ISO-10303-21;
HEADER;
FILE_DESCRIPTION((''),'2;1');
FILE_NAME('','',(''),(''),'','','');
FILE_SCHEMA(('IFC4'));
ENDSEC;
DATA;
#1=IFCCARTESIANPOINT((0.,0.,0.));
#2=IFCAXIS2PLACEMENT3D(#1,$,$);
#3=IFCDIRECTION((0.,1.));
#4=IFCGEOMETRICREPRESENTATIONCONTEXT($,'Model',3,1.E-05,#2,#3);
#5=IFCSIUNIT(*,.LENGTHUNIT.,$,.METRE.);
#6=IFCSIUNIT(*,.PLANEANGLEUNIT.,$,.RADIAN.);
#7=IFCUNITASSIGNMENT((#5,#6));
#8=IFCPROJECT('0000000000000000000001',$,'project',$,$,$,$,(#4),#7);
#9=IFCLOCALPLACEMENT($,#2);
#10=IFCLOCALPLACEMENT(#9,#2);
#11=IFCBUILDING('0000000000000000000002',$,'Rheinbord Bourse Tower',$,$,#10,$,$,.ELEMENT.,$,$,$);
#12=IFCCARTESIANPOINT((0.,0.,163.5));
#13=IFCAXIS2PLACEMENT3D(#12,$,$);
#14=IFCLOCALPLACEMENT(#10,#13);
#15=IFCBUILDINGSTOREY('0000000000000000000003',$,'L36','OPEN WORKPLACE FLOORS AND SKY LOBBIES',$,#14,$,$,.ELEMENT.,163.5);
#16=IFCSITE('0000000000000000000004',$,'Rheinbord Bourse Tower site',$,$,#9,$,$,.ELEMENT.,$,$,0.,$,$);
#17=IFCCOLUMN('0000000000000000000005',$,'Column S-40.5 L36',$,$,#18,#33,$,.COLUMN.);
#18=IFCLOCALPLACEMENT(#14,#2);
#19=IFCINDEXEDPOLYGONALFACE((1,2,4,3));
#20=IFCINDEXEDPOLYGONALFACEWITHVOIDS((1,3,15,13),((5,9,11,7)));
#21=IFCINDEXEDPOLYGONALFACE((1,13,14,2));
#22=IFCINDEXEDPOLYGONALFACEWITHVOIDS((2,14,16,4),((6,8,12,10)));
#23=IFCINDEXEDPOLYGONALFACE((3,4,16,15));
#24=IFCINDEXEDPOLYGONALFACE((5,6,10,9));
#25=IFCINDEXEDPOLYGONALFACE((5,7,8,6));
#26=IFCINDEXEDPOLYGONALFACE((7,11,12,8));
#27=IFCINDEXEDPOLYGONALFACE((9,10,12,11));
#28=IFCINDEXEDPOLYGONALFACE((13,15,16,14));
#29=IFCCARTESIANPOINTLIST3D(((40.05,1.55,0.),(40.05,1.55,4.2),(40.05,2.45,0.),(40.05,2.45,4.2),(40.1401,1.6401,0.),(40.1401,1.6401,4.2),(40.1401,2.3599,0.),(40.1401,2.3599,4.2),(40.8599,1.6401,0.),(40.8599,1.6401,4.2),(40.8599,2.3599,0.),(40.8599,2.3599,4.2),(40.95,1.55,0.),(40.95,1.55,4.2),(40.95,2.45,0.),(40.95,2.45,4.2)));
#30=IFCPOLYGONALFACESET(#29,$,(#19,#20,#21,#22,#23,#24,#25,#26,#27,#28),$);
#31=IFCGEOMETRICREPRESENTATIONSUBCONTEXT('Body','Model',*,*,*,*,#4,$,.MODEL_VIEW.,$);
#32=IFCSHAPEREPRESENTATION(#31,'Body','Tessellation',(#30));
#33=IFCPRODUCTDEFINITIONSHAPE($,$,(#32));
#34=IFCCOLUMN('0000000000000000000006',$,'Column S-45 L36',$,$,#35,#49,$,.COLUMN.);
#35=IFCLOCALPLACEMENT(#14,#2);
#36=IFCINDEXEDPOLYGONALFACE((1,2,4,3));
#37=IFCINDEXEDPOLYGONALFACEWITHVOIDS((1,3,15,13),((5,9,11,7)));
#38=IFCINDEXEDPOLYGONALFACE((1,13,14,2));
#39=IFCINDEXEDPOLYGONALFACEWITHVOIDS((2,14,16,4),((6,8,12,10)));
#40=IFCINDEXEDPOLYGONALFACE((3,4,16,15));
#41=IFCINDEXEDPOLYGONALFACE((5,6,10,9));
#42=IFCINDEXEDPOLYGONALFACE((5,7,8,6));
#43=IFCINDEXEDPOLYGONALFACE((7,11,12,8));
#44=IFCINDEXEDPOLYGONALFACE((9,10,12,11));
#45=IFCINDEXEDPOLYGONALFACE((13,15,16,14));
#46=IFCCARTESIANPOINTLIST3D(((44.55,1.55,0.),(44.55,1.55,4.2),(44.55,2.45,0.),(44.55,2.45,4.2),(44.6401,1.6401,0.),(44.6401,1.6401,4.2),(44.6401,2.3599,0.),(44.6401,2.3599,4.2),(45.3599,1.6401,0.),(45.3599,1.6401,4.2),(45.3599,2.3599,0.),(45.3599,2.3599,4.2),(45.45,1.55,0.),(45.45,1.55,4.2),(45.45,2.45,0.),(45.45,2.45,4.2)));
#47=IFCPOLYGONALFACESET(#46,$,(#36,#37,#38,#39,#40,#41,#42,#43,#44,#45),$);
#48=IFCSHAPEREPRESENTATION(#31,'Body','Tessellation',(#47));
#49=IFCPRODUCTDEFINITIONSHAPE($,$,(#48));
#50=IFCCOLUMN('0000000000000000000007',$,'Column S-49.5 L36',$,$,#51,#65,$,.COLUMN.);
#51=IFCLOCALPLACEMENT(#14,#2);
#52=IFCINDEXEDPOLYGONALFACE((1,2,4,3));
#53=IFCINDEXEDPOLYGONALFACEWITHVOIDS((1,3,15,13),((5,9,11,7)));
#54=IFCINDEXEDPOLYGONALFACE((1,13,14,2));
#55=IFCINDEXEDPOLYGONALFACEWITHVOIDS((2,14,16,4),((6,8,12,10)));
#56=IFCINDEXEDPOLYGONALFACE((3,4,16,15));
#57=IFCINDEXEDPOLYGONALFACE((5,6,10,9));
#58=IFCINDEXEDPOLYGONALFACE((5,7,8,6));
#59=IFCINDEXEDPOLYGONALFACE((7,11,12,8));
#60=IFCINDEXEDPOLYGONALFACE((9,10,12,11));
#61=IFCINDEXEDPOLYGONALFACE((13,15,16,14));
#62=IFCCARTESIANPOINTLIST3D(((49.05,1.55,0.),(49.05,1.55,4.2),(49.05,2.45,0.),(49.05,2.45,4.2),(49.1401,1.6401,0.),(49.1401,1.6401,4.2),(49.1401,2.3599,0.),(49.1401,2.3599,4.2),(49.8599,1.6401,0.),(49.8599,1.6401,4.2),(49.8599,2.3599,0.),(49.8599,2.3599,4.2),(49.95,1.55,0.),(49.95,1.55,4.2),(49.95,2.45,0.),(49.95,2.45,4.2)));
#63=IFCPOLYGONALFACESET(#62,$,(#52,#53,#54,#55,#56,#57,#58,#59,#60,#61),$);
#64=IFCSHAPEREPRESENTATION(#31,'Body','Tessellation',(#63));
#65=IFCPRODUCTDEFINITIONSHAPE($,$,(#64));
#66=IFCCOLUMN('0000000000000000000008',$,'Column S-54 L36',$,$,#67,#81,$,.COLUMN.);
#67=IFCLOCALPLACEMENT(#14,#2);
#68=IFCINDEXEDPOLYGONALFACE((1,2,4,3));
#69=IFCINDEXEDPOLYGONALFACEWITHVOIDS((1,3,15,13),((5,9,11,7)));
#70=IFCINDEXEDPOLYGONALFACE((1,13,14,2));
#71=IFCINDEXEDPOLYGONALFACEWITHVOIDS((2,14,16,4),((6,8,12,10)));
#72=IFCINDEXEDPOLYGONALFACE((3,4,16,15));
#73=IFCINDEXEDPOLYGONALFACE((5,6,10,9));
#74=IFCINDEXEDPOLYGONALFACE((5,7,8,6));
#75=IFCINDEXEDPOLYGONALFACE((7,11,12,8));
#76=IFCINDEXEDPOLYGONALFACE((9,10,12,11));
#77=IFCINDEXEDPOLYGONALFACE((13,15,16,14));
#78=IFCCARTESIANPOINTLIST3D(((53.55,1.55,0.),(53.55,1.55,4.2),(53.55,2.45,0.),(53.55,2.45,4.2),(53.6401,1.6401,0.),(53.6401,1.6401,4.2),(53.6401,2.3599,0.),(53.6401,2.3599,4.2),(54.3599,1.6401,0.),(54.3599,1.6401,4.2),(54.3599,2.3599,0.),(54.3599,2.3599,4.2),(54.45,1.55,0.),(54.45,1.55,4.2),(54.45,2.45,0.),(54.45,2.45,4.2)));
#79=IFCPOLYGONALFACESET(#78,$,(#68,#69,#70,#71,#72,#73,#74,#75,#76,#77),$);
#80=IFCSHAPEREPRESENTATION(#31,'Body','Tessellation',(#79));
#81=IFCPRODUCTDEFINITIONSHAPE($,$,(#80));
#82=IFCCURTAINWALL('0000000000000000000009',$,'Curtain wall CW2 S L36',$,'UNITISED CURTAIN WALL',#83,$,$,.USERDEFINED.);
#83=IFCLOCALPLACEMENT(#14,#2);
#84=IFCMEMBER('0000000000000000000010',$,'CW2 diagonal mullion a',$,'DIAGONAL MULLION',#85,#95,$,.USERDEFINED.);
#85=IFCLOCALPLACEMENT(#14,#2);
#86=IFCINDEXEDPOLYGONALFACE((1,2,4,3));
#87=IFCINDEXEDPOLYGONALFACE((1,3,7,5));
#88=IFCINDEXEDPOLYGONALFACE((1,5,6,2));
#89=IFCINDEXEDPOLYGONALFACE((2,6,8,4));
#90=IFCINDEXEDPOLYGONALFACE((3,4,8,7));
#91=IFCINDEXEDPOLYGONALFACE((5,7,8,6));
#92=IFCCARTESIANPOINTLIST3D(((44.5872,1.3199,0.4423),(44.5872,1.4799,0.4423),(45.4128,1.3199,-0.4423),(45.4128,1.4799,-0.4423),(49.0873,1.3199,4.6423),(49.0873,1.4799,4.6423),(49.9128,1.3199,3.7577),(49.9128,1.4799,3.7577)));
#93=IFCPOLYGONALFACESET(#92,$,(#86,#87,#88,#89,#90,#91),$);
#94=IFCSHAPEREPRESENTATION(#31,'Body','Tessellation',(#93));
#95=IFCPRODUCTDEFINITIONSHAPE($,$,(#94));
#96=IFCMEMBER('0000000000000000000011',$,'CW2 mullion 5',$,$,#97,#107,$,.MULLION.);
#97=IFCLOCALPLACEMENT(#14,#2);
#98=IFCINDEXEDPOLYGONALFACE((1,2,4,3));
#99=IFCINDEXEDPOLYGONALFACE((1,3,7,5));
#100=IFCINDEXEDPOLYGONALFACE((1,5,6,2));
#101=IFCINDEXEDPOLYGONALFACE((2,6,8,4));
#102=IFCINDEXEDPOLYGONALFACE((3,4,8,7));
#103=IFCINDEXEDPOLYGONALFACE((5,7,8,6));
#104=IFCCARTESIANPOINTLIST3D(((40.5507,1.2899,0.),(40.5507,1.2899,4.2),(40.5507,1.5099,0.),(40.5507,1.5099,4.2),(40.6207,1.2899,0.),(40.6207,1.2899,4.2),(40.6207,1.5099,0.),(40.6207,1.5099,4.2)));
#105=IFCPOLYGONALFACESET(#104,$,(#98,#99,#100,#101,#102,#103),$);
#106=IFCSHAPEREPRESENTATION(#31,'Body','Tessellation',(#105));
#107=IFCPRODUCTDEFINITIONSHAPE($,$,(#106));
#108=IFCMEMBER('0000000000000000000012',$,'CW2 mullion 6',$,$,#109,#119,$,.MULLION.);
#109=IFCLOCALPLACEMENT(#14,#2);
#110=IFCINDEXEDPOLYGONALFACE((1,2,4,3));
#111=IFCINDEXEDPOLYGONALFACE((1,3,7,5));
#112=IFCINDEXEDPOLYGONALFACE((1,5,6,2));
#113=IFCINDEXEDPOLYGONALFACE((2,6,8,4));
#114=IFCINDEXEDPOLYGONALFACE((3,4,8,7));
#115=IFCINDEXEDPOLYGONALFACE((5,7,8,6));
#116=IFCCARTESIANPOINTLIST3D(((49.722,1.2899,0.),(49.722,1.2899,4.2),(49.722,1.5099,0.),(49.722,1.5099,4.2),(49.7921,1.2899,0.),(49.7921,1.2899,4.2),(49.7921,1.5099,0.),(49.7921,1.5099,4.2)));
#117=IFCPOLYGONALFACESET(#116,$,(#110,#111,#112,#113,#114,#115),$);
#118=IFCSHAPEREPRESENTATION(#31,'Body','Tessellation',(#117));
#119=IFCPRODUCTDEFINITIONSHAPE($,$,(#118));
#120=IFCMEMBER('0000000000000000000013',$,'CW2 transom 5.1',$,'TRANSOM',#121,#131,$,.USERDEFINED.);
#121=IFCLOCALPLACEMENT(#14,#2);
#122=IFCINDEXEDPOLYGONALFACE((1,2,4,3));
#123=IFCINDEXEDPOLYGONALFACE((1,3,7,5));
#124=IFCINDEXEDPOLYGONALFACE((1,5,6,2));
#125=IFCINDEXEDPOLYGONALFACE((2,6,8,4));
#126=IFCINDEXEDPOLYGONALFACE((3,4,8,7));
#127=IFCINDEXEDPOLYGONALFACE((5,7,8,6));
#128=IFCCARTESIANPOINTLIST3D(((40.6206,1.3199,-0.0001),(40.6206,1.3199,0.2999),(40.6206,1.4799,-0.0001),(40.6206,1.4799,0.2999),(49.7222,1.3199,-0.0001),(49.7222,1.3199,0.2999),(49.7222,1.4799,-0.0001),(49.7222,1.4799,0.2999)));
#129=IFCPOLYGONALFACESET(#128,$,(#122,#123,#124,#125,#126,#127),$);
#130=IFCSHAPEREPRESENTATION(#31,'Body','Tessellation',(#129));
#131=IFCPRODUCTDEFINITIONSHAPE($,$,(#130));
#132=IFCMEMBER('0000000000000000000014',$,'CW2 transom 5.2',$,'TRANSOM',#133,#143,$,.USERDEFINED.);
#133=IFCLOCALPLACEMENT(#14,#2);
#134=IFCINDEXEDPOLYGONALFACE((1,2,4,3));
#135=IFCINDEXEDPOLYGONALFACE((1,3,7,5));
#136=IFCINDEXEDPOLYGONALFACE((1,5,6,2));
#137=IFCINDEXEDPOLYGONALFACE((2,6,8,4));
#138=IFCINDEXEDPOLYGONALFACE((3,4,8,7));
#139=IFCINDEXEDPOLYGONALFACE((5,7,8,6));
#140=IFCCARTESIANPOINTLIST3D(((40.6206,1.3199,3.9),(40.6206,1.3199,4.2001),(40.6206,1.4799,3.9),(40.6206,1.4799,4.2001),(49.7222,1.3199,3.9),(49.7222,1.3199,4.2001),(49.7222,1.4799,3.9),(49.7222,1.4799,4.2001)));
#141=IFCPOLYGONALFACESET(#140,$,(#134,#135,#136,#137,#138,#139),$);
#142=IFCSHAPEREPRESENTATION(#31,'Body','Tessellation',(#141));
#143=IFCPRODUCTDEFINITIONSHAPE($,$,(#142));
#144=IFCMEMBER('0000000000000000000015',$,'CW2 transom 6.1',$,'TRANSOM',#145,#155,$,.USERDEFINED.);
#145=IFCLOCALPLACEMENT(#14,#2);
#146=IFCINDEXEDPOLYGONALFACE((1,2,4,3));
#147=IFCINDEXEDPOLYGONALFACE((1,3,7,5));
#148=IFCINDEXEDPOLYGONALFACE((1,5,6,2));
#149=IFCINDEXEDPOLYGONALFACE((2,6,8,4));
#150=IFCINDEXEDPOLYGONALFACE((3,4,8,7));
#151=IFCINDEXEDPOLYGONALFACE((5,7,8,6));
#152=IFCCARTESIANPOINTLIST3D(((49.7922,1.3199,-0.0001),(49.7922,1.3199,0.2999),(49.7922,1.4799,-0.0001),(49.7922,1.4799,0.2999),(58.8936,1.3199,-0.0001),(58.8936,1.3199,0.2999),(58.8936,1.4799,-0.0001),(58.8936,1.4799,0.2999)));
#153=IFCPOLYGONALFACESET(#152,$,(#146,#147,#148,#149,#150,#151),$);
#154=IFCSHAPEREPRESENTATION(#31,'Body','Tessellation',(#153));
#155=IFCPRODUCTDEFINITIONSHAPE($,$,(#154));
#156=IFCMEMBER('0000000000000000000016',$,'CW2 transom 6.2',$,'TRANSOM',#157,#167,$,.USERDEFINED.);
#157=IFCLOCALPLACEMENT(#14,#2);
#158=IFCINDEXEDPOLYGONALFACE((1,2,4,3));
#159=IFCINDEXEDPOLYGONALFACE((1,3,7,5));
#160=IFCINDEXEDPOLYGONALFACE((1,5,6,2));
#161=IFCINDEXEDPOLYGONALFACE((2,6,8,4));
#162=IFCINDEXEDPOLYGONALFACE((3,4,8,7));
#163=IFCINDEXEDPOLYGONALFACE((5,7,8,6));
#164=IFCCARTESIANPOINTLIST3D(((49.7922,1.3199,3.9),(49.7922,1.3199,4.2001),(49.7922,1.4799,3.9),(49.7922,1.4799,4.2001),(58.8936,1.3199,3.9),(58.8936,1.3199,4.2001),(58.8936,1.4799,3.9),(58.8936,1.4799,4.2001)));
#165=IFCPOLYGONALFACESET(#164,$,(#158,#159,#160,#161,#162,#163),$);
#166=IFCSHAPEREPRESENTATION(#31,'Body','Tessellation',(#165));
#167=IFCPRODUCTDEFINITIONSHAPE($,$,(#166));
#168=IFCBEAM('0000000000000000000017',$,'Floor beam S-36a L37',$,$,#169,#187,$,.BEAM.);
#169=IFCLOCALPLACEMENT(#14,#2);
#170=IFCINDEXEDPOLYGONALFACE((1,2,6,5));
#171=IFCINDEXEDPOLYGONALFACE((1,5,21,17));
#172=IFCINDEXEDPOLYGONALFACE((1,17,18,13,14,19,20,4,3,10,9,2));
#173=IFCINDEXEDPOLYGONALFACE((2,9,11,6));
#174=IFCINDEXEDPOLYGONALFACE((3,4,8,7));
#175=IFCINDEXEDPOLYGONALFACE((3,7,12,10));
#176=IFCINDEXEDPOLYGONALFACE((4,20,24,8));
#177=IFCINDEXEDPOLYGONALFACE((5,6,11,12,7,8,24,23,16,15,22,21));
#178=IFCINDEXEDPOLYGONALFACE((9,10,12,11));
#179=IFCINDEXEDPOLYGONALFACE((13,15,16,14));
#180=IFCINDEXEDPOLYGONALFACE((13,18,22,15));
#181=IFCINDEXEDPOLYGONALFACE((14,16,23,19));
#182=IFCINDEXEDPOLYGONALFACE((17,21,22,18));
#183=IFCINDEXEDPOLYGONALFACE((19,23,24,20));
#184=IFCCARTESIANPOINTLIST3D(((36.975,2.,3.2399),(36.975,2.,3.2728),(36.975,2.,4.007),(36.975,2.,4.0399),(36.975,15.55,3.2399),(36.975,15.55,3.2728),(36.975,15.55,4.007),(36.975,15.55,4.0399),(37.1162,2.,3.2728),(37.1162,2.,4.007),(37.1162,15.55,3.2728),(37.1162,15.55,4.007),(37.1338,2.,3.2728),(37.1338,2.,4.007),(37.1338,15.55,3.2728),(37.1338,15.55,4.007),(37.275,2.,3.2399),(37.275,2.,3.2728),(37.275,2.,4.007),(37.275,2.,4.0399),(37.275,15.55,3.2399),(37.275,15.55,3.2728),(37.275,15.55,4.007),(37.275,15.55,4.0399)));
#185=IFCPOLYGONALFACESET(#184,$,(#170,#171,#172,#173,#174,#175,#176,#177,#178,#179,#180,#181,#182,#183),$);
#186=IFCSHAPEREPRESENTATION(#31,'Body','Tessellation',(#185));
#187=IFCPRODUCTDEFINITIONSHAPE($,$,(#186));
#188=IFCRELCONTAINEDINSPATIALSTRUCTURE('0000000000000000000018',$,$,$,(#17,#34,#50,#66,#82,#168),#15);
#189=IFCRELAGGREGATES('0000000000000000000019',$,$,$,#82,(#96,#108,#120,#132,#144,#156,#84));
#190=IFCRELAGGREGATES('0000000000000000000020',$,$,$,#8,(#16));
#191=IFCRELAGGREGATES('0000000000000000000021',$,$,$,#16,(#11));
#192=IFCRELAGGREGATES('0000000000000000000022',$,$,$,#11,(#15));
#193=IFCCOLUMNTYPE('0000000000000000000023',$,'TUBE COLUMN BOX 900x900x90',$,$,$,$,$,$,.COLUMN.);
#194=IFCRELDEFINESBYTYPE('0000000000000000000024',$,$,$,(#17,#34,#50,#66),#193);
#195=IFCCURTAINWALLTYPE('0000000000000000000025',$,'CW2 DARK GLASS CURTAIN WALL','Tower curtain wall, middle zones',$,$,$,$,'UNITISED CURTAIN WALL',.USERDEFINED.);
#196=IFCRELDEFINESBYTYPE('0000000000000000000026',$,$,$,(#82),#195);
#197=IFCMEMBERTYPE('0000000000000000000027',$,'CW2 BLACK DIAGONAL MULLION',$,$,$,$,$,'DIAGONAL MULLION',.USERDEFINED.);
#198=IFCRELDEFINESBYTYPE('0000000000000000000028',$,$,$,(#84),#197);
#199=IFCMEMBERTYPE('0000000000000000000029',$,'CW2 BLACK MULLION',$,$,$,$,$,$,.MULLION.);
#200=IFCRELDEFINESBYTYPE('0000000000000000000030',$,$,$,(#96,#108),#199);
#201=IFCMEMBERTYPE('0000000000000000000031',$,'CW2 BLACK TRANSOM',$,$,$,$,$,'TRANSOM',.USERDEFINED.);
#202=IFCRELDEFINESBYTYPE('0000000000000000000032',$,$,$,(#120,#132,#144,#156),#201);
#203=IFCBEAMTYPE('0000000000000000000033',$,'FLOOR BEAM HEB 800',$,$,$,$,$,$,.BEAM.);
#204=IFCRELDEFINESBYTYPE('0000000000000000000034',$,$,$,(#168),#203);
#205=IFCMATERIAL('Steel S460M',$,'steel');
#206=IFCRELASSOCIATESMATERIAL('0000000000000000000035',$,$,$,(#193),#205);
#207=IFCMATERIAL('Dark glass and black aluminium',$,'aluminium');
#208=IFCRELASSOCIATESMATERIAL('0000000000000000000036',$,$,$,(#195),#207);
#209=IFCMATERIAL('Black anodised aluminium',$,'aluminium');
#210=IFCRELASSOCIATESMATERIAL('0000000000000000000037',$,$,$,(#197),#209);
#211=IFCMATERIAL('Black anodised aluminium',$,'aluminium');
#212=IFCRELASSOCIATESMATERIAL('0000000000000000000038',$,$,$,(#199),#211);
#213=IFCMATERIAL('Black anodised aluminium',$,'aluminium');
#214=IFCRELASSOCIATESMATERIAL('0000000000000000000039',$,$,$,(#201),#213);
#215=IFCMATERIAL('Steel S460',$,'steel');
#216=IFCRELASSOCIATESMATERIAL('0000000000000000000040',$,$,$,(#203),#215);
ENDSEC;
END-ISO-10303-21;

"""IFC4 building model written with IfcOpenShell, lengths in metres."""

from ifc_helpers import new_model, si_unit, direction, frame, origin, origin_2d, place, context, subcontext, project, spatial, rectangle, hollow_rectangle, i_section, extrude, material, material_profile, profile_set, type_object, element, aggregate, save


model = new_model("IFC4")

# Units and contexts
model_context = context("Model", 3, precision=1e-05, world=origin(), true_north=direction((0.0, 1.0)))
body_context = subcontext(model_context, "Body", "Model", "MODEL_VIEW")
ifc_project = project(units=[si_unit("LENGTHUNIT", "METRE"), si_unit("PLANEANGLEUNIT", "RADIAN")], contexts=[model_context])

# Site, building, storey
site_placement = place(None, origin())
site = spatial("IfcSite", under=ifc_project, at=site_placement, Name="Rheinbord Bourse Tower site", CompositionType="ELEMENT", RefElevation=0.0)
building_placement = place(site_placement, origin())
building = spatial("IfcBuilding", under=site, at=building_placement, Name="Rheinbord Bourse Tower", CompositionType="ELEMENT")
storey_placement = place(building_placement, frame((0.0, 0.0, 163.5)))
storey = spatial("IfcBuildingStorey", under=building, at=storey_placement, Name="L36", Description="OPEN WORKPLACE FLOORS AND SKY LOBBIES", CompositionType="ELEMENT", Elevation=163.5)

# Columns
ifc_material_1 = material(Name="Steel S460M", Category="steel")
ifc_material_profile_1 = material_profile(ifc_material_1, hollow_rectangle(XDim=0.8999, YDim=0.8999, WallThickness=0.0901, at=origin_2d()), Name="BOX 900x900x90")
ifc_profile_set_1 = profile_set([ifc_material_profile_1], Name="Steel S460M")
column_type = type_object("IfcColumnType", Name="TUBE COLUMN BOX 900x900x90", PredefinedType="COLUMN", material=ifc_profile_set_1)
for number, where, z_axis, x_axis, name in (
    (1, (40.5, 2.0, 0.0), (0.0, 0.0, 1.0), (0.0, 1.0, 0.0), "Column S-40.5 L36"),
    (2, (45.0, 2.0, 0.0), (0.0, 0.0, 1.0), (0.0, 1.0, 0.0), "Column S-45 L36"),
    (3, (49.5, 2.0, 0.0), (0.0, 0.0, 1.0), (0.0, 1.0, 0.0), "Column S-49.5 L36"),
    (4, (54.0, 2.0, 0.0), (0.0, 0.0, 1.0), (0.0, 1.0, 0.0), "Column S-54 L36"),
):
    element("IfcColumn", number, at=place(storey_placement, frame(where, z_axis=z_axis, x_axis=x_axis)), inside=storey, type_object=column_type, Name=name, PredefinedType="COLUMN", context=body_context, shape_type="SweptSolid", body=[
        extrude(hollow_rectangle(XDim=0.8999, YDim=0.8999, WallThickness=0.0901, at=origin_2d()), origin(), (0.0, 0.0, 1.0), 4.2),
    ])

# Curtain wall, members
ifc_material_2 = material(Name="Dark glass and black aluminium", Category="aluminium")
curtain_wall_type = type_object("IfcCurtainWallType", Name="CW2 DARK GLASS CURTAIN WALL", Description="Tower curtain wall, middle zones", ElementType="UNITISED CURTAIN WALL", PredefinedType="USERDEFINED", material=ifc_material_2)
curtain_wall_placement = place(storey_placement, origin())
curtain_wall = element("IfcCurtainWall", 5, at=curtain_wall_placement, inside=storey, type_object=curtain_wall_type, Name="Curtain wall CW2 S L36", ObjectType="UNITISED CURTAIN WALL", PredefinedType="USERDEFINED")
ifc_material_3 = material(Name="Black anodised aluminium", Category="aluminium")
ifc_material_profile_2 = material_profile(ifc_material_3, rectangle(XDim=0.1599, YDim=1.21, at=origin_2d()), Name="CW2 DIAGONAL MULLION 1210x160")
ifc_profile_set_2 = profile_set([ifc_material_profile_2], Name="Black anodised aluminium")
member_type_1 = type_object("IfcMemberType", Name="CW2 BLACK DIAGONAL MULLION", ElementType="DIAGONAL MULLION", PredefinedType="USERDEFINED", material=ifc_profile_set_2)
member_1_placement = place(storey_placement, frame((45.0, 1.3999, 0.0), z_axis=(0.731059, 0.0, 0.682314), x_axis=(0.0, 1.0, 0.0)))
member_1 = element("IfcMember", 6, at=member_1_placement, type_object=member_type_1, Name="CW2 diagonal mullion a", ObjectType="DIAGONAL MULLION", PredefinedType="USERDEFINED", context=body_context, shape_type="SweptSolid", body=[
    extrude(rectangle(XDim=0.1599, YDim=1.21, at=origin_2d()), origin(), (0.0, 0.0, 1.0), 6.1555),
])
ifc_material_4 = material(Name="Black anodised aluminium", Category="aluminium")
ifc_material_profile_3 = material_profile(ifc_material_4, rectangle(XDim=0.22, YDim=0.0701, at=origin_2d()), Name="CW2 MULLION 70x220")
ifc_profile_set_3 = profile_set([ifc_material_profile_3], Name="Black anodised aluminium")
member_type_2 = type_object("IfcMemberType", Name="CW2 BLACK MULLION", PredefinedType="MULLION", material=ifc_profile_set_3)
member_2_placement = place(storey_placement, frame((40.5857, 1.3999, 0.0), z_axis=(0.0, 0.0, 1.0), x_axis=(0.0, 1.0, 0.0)))
member_2 = element("IfcMember", 7, at=member_2_placement, type_object=member_type_2, Name="CW2 mullion 5", PredefinedType="MULLION", context=body_context, shape_type="SweptSolid", body=[
    extrude(rectangle(XDim=0.22, YDim=0.0701, at=origin_2d()), origin(), (0.0, 0.0, 1.0), 4.2),
])
member_3_placement = place(storey_placement, frame((49.7571, 1.3999, 0.0), z_axis=(0.0, 0.0, 1.0), x_axis=(0.0, 1.0, 0.0)))
member_3 = element("IfcMember", 8, at=member_3_placement, type_object=member_type_2, Name="CW2 mullion 6", PredefinedType="MULLION", context=body_context, shape_type="SweptSolid", body=[
    extrude(rectangle(XDim=0.22, YDim=0.0701, at=origin_2d()), origin(), (0.0, 0.0, 1.0), 4.2),
])
ifc_material_5 = material(Name="Black anodised aluminium", Category="aluminium")
ifc_material_profile_4 = material_profile(ifc_material_5, rectangle(XDim=0.1599, YDim=0.3, at=origin_2d()), Name="CW2 TRANSOM 300x160")
ifc_profile_set_4 = profile_set([ifc_material_profile_4], Name="Black anodised aluminium")
member_type_3 = type_object("IfcMemberType", Name="CW2 BLACK TRANSOM", ElementType="TRANSOM", PredefinedType="USERDEFINED", material=ifc_profile_set_4)
member_4_placement = place(storey_placement, frame((40.6206, 1.3999, 0.1499), z_axis=(1.0, 0.0, 0.0), x_axis=(0.0, 1.0, 0.0)))
member_4 = element("IfcMember", 9, at=member_4_placement, type_object=member_type_3, Name="CW2 transom 5.1", ObjectType="TRANSOM", PredefinedType="USERDEFINED", context=body_context, shape_type="SweptSolid", body=[
    extrude(rectangle(XDim=0.1599, YDim=0.3, at=origin_2d()), origin(), (0.0, 0.0, 1.0), 9.1016),
])
member_5_placement = place(storey_placement, frame((40.6206, 1.3999, 4.05), z_axis=(1.0, 0.0, 0.0), x_axis=(0.0, 1.0, 0.0)))
member_5 = element("IfcMember", 10, at=member_5_placement, type_object=member_type_3, Name="CW2 transom 5.2", ObjectType="TRANSOM", PredefinedType="USERDEFINED", context=body_context, shape_type="SweptSolid", body=[
    extrude(rectangle(XDim=0.1599, YDim=0.3, at=origin_2d()), origin(), (0.0, 0.0, 1.0), 9.1016),
])
member_6_placement = place(storey_placement, frame((49.7922, 1.3999, 0.1499), z_axis=(1.0, 0.0, 0.0), x_axis=(0.0, 1.0, 0.0)))
member_6 = element("IfcMember", 11, at=member_6_placement, type_object=member_type_3, Name="CW2 transom 6.1", ObjectType="TRANSOM", PredefinedType="USERDEFINED", context=body_context, shape_type="SweptSolid", body=[
    extrude(rectangle(XDim=0.1599, YDim=0.3, at=origin_2d()), origin(), (0.0, 0.0, 1.0), 9.1013),
])
member_7_placement = place(storey_placement, frame((49.7922, 1.3999, 4.05), z_axis=(1.0, 0.0, 0.0), x_axis=(0.0, 1.0, 0.0)))
member_7 = element("IfcMember", 12, at=member_7_placement, type_object=member_type_3, Name="CW2 transom 6.2", ObjectType="TRANSOM", PredefinedType="USERDEFINED", context=body_context, shape_type="SweptSolid", body=[
    extrude(rectangle(XDim=0.1599, YDim=0.3, at=origin_2d()), origin(), (0.0, 0.0, 1.0), 9.1013),
])

# Beam
ifc_material_6 = material(Name="Steel S460", Category="steel")
ifc_material_profile_5 = material_profile(ifc_material_6, i_section(OverallWidth=0.3, OverallDepth=0.8, WebThickness=0.0176, FlangeThickness=0.033, at=origin_2d()), Name="HEB 800")
ifc_profile_set_5 = profile_set([ifc_material_profile_5], Name="Steel S460")
beam_type_1 = type_object("IfcBeamType", Name="FLOOR BEAM HEB 800", PredefinedType="BEAM", material=ifc_profile_set_5)
for number, where, z_axis, x_axis, name in (
    (13, (37.125, 2.0, 3.6399), (0.0, 1.0, 0.0), (-1.0, 0.0, 0.0), "Floor beam S-36a L37"),
):
    element("IfcBeam", number, at=place(storey_placement, frame(where, z_axis=z_axis, x_axis=x_axis)), inside=storey, type_object=beam_type_1, Name=name, PredefinedType="BEAM", context=body_context, shape_type="SweptSolid", body=[
        extrude(i_section(OverallWidth=0.3, OverallDepth=0.8, WebThickness=0.0176, FlangeThickness=0.033, at=origin_2d()), origin(), (0.0, 0.0, 1.0), 13.55),
    ])

aggregate(curtain_wall, [member_2, member_3, member_4, member_5, member_6, member_7, member_1])

save(model, "model.ifc")
